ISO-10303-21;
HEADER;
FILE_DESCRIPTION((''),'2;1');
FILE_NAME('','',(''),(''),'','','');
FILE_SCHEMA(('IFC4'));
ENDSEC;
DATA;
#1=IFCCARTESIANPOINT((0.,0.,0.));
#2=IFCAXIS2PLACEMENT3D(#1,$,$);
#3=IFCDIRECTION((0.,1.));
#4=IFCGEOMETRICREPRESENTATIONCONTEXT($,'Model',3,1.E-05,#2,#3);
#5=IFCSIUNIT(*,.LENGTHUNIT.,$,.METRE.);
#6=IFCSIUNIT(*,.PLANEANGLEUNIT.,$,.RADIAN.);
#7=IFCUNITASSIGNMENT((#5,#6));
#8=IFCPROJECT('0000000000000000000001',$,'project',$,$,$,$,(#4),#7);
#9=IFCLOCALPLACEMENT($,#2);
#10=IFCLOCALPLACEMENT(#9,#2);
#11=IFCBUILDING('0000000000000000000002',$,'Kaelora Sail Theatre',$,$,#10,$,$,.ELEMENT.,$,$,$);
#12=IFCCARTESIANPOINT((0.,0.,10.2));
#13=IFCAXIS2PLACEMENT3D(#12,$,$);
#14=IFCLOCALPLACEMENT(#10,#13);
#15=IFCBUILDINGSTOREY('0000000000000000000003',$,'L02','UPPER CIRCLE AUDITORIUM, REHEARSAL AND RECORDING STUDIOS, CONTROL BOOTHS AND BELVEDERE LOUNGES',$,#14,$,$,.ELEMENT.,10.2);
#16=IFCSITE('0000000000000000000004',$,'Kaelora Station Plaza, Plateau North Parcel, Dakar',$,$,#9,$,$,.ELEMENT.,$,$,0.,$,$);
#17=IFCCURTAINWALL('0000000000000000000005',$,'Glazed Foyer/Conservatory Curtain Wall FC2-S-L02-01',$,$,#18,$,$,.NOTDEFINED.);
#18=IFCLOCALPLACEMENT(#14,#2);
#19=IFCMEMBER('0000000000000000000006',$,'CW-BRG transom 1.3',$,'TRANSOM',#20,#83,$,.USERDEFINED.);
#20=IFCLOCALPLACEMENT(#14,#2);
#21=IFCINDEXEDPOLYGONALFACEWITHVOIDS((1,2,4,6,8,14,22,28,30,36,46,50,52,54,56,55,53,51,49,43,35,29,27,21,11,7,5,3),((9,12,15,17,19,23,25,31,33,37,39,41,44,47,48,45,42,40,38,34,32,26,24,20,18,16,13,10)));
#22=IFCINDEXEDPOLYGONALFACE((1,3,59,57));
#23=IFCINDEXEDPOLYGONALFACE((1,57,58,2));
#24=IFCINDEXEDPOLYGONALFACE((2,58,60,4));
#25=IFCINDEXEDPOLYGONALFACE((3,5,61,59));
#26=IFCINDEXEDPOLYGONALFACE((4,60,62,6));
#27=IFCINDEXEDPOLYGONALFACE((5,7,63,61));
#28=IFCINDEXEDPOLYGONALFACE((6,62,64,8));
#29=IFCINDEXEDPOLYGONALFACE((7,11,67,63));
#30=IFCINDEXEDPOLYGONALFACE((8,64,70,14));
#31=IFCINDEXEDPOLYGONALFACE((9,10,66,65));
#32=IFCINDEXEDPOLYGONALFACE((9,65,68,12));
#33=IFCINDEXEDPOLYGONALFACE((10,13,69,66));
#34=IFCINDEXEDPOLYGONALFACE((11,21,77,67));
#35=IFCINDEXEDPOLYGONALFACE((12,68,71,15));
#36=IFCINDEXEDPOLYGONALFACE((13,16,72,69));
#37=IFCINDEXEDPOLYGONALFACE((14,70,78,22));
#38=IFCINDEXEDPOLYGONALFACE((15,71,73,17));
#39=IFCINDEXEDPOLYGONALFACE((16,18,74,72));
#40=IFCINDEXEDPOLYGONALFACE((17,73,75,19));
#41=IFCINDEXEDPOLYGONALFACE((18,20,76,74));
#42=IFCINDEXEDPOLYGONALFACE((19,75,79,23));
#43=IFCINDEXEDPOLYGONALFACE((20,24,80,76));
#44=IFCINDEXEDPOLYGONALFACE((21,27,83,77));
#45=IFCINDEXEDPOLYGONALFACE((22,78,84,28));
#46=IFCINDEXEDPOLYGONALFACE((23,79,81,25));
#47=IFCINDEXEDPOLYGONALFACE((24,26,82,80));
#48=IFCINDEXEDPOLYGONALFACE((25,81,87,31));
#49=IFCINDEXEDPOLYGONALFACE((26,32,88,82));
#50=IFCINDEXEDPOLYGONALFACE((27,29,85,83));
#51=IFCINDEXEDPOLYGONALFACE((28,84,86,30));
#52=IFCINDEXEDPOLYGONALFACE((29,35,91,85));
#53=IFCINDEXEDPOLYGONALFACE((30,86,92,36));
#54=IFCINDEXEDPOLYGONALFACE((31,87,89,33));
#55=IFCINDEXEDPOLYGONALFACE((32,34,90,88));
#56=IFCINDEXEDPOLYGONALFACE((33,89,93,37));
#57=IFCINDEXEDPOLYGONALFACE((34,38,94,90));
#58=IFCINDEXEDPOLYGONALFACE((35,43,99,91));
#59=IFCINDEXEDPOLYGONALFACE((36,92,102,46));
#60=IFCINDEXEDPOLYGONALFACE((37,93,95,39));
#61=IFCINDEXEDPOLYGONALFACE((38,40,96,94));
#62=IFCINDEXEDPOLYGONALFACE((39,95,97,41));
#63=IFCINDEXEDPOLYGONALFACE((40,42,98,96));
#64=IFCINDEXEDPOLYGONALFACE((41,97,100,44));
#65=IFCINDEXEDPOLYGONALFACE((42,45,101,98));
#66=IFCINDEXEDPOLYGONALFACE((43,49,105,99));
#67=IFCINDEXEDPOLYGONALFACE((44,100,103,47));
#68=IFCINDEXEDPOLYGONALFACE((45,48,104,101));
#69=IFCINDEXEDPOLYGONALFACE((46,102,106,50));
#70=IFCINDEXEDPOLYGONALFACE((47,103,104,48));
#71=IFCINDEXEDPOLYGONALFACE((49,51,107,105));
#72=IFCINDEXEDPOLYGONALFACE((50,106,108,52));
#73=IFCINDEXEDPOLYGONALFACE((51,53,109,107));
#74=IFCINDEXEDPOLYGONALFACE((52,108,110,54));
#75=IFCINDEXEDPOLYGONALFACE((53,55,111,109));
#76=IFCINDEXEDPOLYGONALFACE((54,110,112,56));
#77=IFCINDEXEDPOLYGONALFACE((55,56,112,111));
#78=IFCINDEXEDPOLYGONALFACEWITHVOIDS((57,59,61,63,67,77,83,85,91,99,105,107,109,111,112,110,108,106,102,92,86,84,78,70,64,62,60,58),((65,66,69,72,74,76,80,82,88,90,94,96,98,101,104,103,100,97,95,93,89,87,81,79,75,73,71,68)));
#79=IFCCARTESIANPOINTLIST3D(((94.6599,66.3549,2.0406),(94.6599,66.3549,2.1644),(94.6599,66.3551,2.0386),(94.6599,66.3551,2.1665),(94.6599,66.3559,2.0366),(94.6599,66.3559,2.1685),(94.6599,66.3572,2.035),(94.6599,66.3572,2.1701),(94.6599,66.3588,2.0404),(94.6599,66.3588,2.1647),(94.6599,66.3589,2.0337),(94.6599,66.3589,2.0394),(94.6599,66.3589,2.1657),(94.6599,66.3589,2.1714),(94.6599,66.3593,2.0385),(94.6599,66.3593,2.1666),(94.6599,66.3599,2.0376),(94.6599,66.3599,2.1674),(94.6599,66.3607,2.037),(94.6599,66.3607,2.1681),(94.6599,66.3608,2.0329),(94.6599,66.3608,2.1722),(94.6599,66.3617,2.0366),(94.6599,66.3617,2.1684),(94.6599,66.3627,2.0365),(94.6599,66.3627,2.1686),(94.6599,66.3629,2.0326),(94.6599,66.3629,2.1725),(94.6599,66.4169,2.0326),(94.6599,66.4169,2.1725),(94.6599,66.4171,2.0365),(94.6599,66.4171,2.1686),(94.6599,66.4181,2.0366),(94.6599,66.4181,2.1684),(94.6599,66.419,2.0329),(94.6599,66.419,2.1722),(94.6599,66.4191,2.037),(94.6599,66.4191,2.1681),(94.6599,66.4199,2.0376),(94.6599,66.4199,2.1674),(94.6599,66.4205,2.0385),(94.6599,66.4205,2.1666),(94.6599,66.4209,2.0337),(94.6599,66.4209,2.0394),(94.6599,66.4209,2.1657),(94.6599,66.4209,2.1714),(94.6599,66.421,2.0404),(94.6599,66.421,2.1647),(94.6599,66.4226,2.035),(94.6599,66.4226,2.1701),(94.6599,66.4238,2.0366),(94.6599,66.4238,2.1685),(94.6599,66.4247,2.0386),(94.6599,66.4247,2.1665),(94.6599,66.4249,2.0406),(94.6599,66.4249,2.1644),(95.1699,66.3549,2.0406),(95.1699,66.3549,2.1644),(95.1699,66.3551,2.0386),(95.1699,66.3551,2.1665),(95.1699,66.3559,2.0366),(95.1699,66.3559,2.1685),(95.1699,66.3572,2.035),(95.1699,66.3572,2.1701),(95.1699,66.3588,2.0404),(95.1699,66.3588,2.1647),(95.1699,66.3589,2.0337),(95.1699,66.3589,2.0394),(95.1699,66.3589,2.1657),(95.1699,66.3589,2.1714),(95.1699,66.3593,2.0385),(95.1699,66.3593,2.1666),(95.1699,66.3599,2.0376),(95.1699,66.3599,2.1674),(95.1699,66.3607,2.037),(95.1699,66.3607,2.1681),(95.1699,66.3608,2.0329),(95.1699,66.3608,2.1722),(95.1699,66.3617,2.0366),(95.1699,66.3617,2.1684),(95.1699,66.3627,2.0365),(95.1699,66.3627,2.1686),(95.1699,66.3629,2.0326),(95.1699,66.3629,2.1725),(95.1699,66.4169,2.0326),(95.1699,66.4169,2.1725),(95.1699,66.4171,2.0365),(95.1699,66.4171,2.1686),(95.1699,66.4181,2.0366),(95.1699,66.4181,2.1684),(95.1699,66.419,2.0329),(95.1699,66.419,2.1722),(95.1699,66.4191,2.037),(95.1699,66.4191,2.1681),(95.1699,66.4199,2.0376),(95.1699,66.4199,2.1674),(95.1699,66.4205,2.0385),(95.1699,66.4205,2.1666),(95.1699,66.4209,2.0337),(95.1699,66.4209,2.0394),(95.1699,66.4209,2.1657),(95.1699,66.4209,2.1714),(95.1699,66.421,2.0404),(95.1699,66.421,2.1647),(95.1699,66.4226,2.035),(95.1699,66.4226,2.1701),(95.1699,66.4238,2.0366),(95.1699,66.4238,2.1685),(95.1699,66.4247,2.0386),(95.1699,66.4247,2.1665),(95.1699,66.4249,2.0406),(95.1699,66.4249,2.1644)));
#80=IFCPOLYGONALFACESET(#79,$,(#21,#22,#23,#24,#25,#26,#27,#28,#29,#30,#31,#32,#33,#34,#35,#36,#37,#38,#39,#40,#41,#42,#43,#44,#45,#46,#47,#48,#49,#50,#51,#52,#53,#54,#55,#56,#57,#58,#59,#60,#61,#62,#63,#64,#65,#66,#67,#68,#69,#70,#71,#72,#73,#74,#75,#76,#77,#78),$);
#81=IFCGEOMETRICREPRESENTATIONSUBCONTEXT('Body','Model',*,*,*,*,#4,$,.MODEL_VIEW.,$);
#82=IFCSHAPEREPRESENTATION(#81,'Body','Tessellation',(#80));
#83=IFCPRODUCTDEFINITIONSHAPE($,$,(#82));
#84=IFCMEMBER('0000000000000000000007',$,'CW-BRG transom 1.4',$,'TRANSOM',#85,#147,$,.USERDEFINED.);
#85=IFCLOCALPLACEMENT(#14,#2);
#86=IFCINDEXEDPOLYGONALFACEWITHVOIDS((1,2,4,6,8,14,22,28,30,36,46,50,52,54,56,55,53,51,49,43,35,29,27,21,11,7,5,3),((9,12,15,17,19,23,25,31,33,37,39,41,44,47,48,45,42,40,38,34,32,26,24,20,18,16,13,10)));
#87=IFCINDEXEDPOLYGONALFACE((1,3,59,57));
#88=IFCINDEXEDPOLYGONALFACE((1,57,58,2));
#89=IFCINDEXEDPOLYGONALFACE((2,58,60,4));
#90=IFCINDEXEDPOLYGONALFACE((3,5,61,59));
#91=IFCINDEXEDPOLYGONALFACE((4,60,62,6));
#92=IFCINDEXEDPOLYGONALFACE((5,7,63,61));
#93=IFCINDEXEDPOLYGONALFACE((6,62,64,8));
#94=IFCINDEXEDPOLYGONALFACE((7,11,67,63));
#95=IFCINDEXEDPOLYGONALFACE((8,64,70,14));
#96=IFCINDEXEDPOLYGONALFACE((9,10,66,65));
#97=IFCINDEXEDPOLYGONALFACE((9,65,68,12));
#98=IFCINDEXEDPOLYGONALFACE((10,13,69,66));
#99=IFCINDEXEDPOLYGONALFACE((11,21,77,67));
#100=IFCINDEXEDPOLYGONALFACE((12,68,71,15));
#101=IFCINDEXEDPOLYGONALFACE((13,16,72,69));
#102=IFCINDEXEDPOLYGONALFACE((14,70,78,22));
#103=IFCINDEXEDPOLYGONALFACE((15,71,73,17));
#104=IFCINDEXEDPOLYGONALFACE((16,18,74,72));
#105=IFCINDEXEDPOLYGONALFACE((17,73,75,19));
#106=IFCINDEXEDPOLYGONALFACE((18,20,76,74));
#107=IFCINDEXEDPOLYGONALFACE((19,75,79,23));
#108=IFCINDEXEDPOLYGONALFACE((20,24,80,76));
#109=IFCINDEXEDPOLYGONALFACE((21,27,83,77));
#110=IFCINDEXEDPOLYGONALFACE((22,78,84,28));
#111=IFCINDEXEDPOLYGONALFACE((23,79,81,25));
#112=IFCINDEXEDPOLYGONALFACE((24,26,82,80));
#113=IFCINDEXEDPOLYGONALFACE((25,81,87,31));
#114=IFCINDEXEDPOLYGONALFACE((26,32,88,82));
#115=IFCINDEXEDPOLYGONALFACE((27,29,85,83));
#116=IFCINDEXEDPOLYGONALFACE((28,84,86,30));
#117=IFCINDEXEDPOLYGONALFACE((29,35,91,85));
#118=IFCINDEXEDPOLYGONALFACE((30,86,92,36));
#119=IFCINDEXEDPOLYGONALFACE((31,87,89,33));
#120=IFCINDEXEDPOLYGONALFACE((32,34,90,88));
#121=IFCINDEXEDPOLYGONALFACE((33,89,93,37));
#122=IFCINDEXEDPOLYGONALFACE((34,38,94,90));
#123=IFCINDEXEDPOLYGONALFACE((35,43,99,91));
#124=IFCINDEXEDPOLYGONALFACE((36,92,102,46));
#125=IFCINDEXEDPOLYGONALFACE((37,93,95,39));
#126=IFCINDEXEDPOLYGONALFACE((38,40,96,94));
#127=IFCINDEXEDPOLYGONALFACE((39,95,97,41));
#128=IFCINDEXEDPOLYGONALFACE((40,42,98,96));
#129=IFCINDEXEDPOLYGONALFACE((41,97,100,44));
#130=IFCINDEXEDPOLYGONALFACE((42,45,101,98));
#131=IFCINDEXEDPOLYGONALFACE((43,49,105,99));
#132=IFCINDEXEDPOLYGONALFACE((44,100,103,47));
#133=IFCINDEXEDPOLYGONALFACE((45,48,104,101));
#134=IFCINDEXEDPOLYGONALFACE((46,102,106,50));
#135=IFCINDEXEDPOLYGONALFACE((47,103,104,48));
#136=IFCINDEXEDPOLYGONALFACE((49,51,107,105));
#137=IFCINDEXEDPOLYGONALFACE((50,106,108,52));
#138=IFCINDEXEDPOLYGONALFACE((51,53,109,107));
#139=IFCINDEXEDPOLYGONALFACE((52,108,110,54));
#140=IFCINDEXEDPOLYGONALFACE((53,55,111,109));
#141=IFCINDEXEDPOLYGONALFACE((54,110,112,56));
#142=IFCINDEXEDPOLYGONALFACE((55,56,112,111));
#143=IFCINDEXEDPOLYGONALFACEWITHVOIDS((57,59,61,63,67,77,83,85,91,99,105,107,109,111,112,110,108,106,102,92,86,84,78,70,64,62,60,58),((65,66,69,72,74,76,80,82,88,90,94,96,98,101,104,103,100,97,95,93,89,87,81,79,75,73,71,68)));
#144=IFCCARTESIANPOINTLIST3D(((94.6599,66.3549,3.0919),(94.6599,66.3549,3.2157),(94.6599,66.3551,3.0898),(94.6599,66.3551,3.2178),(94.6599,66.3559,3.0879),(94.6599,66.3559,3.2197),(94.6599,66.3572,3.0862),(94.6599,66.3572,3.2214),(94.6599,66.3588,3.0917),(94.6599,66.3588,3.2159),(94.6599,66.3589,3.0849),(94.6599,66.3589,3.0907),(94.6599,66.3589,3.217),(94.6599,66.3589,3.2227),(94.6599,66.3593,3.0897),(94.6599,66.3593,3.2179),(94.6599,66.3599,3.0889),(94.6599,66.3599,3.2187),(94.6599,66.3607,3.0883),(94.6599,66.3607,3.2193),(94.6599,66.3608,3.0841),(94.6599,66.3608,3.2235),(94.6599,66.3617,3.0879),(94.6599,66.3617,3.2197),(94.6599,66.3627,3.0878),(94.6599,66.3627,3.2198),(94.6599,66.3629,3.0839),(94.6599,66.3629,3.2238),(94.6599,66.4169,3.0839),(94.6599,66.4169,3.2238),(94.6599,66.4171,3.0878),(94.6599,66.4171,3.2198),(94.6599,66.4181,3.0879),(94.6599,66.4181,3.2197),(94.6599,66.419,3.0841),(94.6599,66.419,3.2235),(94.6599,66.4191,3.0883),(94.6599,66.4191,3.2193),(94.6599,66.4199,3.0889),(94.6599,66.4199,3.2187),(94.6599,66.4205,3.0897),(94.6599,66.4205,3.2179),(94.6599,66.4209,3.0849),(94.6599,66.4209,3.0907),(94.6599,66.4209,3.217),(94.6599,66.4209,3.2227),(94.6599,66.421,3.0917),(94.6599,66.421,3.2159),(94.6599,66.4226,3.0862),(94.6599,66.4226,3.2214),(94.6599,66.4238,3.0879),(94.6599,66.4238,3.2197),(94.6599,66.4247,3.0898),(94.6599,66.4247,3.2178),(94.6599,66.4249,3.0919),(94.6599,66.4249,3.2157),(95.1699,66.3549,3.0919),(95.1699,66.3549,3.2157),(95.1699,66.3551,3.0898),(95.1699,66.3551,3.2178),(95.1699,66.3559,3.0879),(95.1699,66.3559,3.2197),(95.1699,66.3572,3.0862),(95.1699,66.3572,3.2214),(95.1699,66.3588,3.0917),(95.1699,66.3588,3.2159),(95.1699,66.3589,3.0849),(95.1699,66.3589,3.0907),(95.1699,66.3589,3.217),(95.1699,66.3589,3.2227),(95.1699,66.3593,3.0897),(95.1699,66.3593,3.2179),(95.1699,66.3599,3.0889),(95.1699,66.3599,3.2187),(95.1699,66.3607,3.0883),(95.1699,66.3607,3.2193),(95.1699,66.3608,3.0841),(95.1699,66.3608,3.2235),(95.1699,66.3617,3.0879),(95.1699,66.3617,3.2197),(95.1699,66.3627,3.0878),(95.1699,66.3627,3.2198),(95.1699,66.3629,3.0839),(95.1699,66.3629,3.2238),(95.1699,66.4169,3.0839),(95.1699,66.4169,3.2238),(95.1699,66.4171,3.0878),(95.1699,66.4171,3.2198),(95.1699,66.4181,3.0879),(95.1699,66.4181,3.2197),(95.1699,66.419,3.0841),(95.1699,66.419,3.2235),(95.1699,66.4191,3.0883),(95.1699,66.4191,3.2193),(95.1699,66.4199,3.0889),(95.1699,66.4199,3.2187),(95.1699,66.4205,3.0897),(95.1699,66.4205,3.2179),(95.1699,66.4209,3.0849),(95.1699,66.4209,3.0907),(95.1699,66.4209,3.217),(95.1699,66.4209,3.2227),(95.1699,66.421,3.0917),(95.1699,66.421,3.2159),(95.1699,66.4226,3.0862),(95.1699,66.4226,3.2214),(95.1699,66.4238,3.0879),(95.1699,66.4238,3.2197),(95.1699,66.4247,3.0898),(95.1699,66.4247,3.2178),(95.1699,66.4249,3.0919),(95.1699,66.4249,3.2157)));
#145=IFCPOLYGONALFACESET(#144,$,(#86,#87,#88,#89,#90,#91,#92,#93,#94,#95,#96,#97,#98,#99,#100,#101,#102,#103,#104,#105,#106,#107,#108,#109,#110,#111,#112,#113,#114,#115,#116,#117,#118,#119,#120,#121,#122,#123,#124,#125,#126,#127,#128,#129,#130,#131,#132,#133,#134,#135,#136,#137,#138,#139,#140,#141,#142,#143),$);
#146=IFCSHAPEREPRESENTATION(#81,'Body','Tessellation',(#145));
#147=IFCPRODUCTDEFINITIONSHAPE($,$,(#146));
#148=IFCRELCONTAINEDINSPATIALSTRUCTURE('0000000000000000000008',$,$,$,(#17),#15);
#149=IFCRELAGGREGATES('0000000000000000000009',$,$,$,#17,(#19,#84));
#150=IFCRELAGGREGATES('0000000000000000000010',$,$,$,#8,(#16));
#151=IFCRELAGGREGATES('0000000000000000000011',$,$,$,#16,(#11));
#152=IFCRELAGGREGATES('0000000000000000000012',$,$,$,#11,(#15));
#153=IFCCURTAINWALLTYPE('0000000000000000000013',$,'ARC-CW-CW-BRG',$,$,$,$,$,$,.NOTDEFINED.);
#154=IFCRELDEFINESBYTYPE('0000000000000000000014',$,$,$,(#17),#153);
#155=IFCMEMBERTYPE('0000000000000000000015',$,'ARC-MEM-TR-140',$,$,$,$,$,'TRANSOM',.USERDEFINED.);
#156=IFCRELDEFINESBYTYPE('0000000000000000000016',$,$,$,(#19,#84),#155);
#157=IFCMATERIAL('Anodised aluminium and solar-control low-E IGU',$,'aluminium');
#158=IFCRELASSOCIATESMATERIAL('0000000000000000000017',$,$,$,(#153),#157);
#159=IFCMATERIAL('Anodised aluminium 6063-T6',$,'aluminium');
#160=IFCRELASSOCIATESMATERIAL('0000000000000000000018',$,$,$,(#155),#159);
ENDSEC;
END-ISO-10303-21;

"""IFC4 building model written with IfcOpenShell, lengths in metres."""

from ifc_helpers import new_model, si_unit, direction, frame, origin, origin_2d, place, context, subcontext, project, spatial, hollow_rectangle, extrude, material, material_profile, profile_set, type_object, element, aggregate, save


model = new_model("IFC4")

# Units and contexts
model_context = context("Model", 3, precision=1e-05, world=origin(), true_north=direction((0.0, 1.0)))
body_context = subcontext(model_context, "Body", "Model", "MODEL_VIEW")
ifc_project = project(units=[si_unit("LENGTHUNIT", "METRE"), si_unit("PLANEANGLEUNIT", "RADIAN")], contexts=[model_context])

# Site, building, storey
site_placement = place(None, origin())
site = spatial("IfcSite", under=ifc_project, at=site_placement, Name="Kaelora Station Plaza, Plateau North Parcel, Dakar", CompositionType="ELEMENT", RefElevation=0.0)
building_placement = place(site_placement, origin())
building = spatial("IfcBuilding", under=site, at=building_placement, Name="Kaelora Sail Theatre", CompositionType="ELEMENT")
storey_placement = place(building_placement, frame((0.0, 0.0, 10.2)))
storey = spatial("IfcBuildingStorey", under=building, at=storey_placement, Name="L02", Description="UPPER CIRCLE AUDITORIUM, REHEARSAL AND RECORDING STUDIOS, CONTROL BOOTHS AND BELVEDERE LOUNGES", CompositionType="ELEMENT", Elevation=10.2)

# Shared definitions
ifc_material_1 = material(Name="Anodised aluminium and solar-control low-E IGU", Category="aluminium")
curtain_wall_type = type_object("IfcCurtainWallType", Name="ARC-CW-CW-BRG", PredefinedType="NOTDEFINED", material=ifc_material_1)

# Curtain wall
curtain_wall_1_placement = place(storey_placement, origin())
curtain_wall_1 = element("IfcCurtainWall", 1, at=curtain_wall_1_placement, inside=storey, type_object=curtain_wall_type, Name="Glazed Foyer/Conservatory Curtain Wall FC2-S-L02-01", PredefinedType="NOTDEFINED")

# Members
ifc_material_2 = material(Name="Anodised aluminium 6063-T6", Category="aluminium")
ifc_material_profile_1 = material_profile(ifc_material_2, hollow_rectangle(XDim=0.0701, YDim=0.1399, WallThickness=0.0039, InnerFilletRadius=0.0039, OuterFilletRadius=0.0081, at=origin_2d()), Name="ALU-TRAN 70x140x4")
ifc_profile_set_1 = profile_set([ifc_material_profile_1], Name="Anodised aluminium 6063-T6")
member_type_1 = type_object("IfcMemberType", Name="ARC-MEM-TR-140", ElementType="TRANSOM", PredefinedType="USERDEFINED", material=ifc_profile_set_1)
member_1_placement = place(storey_placement, frame((94.6599, 66.3899, 2.1025), z_axis=(1.0, 0.0, 0.0), x_axis=(0.0, 1.0, 0.0)))
member_1 = element("IfcMember", 2, at=member_1_placement, type_object=member_type_1, Name="CW-BRG transom 1.3", ObjectType="TRANSOM", PredefinedType="USERDEFINED", context=body_context, shape_type="SweptSolid", body=[
    extrude(hollow_rectangle(XDim=0.0701, YDim=0.1399, WallThickness=0.0039, InnerFilletRadius=0.0039, OuterFilletRadius=0.0081, at=origin_2d()), origin(), (0.0, 0.0, 1.0), 0.51),
])
member_2_placement = place(storey_placement, frame((94.6599, 66.3899, 3.1538), z_axis=(1.0, 0.0, 0.0), x_axis=(0.0, 1.0, 0.0)))
member_2 = element("IfcMember", 3, at=member_2_placement, type_object=member_type_1, Name="CW-BRG transom 1.4", ObjectType="TRANSOM", PredefinedType="USERDEFINED", context=body_context, shape_type="SweptSolid", body=[
    extrude(hollow_rectangle(XDim=0.0701, YDim=0.1399, WallThickness=0.0039, InnerFilletRadius=0.0039, OuterFilletRadius=0.0081, at=origin_2d()), origin(), (0.0, 0.0, 1.0), 0.51),
])

aggregate(curtain_wall_1, [member_1, member_2])

save(model, "model.ifc")
